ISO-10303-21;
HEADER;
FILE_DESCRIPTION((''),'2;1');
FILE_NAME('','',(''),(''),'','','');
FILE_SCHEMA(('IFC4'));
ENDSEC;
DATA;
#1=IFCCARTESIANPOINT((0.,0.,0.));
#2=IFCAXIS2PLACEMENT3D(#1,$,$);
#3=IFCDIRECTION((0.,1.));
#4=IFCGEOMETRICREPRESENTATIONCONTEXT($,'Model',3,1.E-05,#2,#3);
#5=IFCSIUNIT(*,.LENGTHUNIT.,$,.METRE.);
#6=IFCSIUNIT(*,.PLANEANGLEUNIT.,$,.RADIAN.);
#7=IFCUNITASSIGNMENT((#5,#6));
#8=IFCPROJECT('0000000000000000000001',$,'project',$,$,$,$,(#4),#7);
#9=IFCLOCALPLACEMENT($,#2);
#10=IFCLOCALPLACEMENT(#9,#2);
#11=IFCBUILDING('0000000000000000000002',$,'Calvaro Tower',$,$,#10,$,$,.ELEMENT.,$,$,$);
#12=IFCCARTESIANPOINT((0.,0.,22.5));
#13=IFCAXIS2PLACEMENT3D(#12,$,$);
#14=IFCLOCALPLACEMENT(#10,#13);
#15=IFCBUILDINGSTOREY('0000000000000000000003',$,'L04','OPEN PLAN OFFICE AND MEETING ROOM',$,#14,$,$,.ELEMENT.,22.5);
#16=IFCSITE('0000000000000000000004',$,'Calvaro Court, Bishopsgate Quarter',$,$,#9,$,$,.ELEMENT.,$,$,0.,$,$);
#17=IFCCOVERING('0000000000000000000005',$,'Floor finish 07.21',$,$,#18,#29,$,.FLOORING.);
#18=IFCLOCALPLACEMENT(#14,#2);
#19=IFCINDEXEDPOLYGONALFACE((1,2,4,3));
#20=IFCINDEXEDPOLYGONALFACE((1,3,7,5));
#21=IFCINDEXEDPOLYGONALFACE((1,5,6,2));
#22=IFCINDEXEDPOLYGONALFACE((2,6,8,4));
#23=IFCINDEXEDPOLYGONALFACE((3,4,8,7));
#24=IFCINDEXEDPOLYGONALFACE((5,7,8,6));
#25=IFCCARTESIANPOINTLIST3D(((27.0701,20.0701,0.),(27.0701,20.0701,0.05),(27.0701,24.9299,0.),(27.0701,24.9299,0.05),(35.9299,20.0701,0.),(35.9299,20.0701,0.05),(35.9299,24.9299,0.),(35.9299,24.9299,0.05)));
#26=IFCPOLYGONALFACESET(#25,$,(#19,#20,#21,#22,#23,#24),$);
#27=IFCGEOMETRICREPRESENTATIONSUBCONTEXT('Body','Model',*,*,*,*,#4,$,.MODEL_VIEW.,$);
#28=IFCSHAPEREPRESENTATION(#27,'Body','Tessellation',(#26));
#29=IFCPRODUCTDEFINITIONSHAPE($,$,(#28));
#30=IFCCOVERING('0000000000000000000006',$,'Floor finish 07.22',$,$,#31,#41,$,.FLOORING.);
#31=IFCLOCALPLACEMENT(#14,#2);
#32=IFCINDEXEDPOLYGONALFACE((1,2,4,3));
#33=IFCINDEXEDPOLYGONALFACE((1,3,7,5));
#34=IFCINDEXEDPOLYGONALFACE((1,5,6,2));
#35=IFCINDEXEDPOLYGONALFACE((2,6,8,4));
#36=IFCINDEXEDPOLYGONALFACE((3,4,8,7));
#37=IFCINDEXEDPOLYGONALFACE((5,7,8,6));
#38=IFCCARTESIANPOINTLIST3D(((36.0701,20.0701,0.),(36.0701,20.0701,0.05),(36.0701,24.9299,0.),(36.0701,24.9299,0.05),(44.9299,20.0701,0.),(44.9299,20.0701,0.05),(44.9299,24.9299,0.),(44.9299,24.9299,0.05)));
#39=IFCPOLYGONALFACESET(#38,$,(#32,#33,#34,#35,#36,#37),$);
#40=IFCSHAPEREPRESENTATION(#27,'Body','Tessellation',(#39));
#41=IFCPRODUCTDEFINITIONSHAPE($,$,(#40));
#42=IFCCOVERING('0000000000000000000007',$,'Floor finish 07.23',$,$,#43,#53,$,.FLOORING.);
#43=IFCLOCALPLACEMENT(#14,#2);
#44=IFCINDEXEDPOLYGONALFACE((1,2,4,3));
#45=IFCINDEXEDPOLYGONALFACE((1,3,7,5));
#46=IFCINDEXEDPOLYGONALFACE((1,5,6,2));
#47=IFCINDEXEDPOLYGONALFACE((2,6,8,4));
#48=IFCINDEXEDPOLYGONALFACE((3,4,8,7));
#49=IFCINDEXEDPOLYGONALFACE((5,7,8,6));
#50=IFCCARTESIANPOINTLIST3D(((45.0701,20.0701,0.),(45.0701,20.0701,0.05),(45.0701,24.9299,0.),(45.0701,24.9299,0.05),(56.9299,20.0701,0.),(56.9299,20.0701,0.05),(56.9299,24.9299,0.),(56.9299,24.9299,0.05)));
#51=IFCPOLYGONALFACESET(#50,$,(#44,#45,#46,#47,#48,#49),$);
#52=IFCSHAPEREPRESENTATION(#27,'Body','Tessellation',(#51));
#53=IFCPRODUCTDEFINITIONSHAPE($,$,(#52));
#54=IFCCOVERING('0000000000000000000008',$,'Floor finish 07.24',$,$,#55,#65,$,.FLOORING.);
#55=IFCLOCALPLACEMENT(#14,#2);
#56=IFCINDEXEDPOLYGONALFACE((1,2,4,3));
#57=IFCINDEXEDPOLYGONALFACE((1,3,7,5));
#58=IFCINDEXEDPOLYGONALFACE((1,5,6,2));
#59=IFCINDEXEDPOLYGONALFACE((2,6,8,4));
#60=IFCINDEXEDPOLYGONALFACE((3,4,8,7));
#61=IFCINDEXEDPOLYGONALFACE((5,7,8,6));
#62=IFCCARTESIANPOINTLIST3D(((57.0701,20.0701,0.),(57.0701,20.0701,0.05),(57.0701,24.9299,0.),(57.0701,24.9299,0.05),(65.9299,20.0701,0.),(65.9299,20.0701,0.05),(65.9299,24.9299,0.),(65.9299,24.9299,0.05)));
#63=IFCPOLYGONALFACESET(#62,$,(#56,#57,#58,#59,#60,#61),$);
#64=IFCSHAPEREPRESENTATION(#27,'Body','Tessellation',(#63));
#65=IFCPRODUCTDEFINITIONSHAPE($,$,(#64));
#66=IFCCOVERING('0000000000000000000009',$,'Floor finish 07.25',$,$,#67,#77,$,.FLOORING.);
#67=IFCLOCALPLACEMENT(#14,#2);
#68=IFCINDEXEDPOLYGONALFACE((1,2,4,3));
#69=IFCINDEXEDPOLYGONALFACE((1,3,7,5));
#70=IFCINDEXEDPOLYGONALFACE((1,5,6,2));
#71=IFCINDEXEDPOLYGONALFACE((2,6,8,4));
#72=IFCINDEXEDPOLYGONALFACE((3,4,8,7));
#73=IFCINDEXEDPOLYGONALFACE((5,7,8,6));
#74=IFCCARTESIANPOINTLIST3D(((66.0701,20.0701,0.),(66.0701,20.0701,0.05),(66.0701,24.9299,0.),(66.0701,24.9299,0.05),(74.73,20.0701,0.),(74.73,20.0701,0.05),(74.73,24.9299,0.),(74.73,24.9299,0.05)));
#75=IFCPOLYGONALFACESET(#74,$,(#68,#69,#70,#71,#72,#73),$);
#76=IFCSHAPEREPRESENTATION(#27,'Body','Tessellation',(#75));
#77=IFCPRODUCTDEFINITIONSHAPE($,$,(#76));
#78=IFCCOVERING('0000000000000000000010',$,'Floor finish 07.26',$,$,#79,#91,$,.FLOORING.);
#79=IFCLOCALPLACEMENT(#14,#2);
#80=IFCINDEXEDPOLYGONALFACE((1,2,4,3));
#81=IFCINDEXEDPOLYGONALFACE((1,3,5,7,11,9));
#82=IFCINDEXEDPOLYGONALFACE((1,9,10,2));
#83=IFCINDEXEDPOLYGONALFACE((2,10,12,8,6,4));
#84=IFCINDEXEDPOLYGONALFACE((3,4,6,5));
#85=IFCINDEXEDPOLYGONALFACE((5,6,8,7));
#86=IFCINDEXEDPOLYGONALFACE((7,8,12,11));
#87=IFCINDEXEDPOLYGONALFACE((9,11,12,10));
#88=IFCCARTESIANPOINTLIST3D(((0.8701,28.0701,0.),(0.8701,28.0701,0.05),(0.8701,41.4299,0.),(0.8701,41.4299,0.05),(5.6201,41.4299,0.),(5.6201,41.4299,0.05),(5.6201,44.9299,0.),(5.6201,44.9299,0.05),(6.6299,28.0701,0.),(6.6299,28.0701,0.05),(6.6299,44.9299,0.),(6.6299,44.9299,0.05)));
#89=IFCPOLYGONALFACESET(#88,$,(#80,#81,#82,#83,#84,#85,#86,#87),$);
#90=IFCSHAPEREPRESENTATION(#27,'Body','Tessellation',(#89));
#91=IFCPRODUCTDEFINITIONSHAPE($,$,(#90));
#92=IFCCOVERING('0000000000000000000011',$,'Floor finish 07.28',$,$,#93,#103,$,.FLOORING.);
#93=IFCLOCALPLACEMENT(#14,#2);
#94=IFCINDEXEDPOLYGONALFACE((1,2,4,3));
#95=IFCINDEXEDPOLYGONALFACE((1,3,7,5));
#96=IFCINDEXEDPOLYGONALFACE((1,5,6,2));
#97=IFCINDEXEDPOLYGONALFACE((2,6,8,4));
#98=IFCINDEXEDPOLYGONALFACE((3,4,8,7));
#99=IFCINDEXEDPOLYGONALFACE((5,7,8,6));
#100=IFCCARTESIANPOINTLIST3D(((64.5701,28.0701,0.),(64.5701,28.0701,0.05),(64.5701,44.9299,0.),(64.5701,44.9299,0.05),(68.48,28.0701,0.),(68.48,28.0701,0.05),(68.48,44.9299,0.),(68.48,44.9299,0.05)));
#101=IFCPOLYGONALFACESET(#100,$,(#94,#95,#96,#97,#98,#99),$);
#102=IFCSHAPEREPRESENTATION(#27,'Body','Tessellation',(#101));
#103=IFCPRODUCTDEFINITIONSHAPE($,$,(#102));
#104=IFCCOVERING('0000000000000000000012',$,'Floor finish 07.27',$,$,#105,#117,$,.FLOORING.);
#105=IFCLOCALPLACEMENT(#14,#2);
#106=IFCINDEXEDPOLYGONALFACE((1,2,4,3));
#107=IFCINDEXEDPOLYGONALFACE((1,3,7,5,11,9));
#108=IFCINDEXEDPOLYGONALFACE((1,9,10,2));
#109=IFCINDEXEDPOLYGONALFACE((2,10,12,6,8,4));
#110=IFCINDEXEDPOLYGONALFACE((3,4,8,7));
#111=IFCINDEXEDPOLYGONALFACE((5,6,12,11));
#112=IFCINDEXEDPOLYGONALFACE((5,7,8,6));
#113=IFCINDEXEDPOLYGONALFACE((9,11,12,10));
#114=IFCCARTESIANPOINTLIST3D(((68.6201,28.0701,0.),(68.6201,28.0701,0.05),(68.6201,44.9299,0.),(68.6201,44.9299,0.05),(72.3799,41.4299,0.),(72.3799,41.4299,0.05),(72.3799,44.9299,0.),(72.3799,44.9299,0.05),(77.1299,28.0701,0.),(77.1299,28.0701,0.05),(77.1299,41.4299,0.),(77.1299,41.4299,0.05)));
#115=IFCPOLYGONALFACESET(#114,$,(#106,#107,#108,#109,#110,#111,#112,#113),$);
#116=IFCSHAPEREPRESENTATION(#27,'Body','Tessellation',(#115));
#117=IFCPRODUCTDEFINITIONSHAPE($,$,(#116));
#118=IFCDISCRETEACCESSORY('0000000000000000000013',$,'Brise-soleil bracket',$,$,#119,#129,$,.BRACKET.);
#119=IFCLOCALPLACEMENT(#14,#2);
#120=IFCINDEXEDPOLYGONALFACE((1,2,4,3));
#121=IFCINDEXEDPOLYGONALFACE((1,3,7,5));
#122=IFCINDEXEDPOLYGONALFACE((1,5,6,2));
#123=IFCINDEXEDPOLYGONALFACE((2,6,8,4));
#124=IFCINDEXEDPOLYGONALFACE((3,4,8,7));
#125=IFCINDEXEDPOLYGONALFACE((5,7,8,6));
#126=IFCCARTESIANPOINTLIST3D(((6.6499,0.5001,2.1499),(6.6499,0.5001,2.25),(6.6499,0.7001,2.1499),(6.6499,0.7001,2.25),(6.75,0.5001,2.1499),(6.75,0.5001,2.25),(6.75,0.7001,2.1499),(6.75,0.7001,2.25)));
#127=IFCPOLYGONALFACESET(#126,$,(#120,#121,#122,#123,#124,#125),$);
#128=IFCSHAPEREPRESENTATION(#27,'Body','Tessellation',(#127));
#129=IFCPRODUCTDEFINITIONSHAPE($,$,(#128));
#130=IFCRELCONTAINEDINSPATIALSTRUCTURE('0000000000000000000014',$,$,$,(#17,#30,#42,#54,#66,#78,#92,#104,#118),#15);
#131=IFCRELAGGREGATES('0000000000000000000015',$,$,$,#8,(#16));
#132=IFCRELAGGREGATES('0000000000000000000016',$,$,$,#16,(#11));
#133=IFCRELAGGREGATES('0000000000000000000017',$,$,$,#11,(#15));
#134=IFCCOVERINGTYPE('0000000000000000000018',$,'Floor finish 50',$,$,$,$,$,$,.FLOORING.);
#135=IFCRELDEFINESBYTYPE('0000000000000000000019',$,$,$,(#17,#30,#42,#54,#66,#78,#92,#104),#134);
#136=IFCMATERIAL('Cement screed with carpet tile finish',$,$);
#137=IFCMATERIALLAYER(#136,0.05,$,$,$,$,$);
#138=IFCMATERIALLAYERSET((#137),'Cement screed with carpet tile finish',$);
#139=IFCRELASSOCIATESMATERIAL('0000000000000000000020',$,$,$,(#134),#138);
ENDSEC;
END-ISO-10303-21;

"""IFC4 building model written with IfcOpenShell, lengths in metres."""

from ifc_helpers import new_model, si_unit, direction, frame, origin, origin_2d, place, context, subcontext, project, spatial, polyline, rectangle, outline, extrude, material, layer, layer_set, type_object, element, save


model = new_model("IFC4")

# Units and contexts
model_context = context("Model", 3, precision=1e-05, world=origin(), true_north=direction((0.0, 1.0)))
body_context = subcontext(model_context, "Body", "Model", "MODEL_VIEW")
ifc_project = project(units=[si_unit("LENGTHUNIT", "METRE"), si_unit("PLANEANGLEUNIT", "RADIAN")], contexts=[model_context])

# Site, building, storey
site_placement = place(None, origin())
site = spatial("IfcSite", under=ifc_project, at=site_placement, Name="Calvaro Court, Bishopsgate Quarter", CompositionType="ELEMENT", RefElevation=0.0)
building_placement = place(site_placement, origin())
building = spatial("IfcBuilding", under=site, at=building_placement, Name="Calvaro Tower", CompositionType="ELEMENT")
storey_placement = place(building_placement, frame((0.0, 0.0, 22.5)))
storey = spatial("IfcBuildingStorey", under=building, at=storey_placement, Name="L04", Description="OPEN PLAN OFFICE AND MEETING ROOM", CompositionType="ELEMENT", Elevation=22.5)

# Coverings
ifc_material_1 = material(Name="Cement screed with carpet tile finish")
ifc_layer_1 = layer(ifc_material_1, 0.05)
ifc_layer_set_1 = layer_set([ifc_layer_1], Name="Cement screed with carpet tile finish")
covering_type = type_object("IfcCoveringType", Name="Floor finish 50", PredefinedType="FLOORING", material=ifc_layer_set_1)
covering_1_placement = place(storey_placement, origin())
element("IfcCovering", 1, at=covering_1_placement, inside=storey, type_object=covering_type, Name="Floor finish 07.21", PredefinedType="FLOORING", context=body_context, shape_type="SweptSolid", body=[
    extrude(outline(polyline([(27.0701, 20.0701), (27.0701, 24.9299), (35.9299, 24.9299), (35.9299, 20.0701), (27.0701, 20.0701)])), origin(), (0.0, 0.0, 1.0), 0.05),
])
covering_2_placement = place(storey_placement, origin())
element("IfcCovering", 2, at=covering_2_placement, inside=storey, type_object=covering_type, Name="Floor finish 07.22", PredefinedType="FLOORING", context=body_context, shape_type="SweptSolid", body=[
    extrude(outline(polyline([(36.0701, 20.0701), (36.0701, 24.9299), (44.9299, 24.9299), (44.9299, 20.0701), (36.0701, 20.0701)])), origin(), (0.0, 0.0, 1.0), 0.05),
])
covering_3_placement = place(storey_placement, origin())
element("IfcCovering", 3, at=covering_3_placement, inside=storey, type_object=covering_type, Name="Floor finish 07.23", PredefinedType="FLOORING", context=body_context, shape_type="SweptSolid", body=[
    extrude(outline(polyline([(45.0701, 20.0701), (45.0701, 24.9299), (56.9299, 24.9299), (56.9299, 20.0701), (45.0701, 20.0701)])), origin(), (0.0, 0.0, 1.0), 0.05),
])
covering_4_placement = place(storey_placement, origin())
element("IfcCovering", 4, at=covering_4_placement, inside=storey, type_object=covering_type, Name="Floor finish 07.24", PredefinedType="FLOORING", context=body_context, shape_type="SweptSolid", body=[
    extrude(outline(polyline([(57.0701, 20.0701), (57.0701, 24.9299), (65.9299, 24.9299), (65.9299, 20.0701), (57.0701, 20.0701)])), origin(), (0.0, 0.0, 1.0), 0.05),
])
covering_5_placement = place(storey_placement, origin())
element("IfcCovering", 5, at=covering_5_placement, inside=storey, type_object=covering_type, Name="Floor finish 07.25", PredefinedType="FLOORING", context=body_context, shape_type="SweptSolid", body=[
    extrude(outline(polyline([(66.0701, 20.0701), (66.0701, 24.9299), (74.73, 24.9299), (74.73, 20.0701), (66.0701, 20.0701)])), origin(), (0.0, 0.0, 1.0), 0.05),
])
covering_6_placement = place(storey_placement, origin())
element("IfcCovering", 6, at=covering_6_placement, inside=storey, type_object=covering_type, Name="Floor finish 07.26", PredefinedType="FLOORING", context=body_context, shape_type="SweptSolid", body=[
    extrude(outline(polyline([(6.6299, 28.0701), (0.8701, 28.0701), (0.8701, 41.4299), (5.6201, 41.4299), (5.6201, 44.9299), (6.6299, 44.9299), (6.6299, 28.0701)])), origin(), (0.0, 0.0, 1.0), 0.05),
])
covering_7_placement = place(storey_placement, origin())
element("IfcCovering", 7, at=covering_7_placement, inside=storey, type_object=covering_type, Name="Floor finish 07.28", PredefinedType="FLOORING", context=body_context, shape_type="SweptSolid", body=[
    extrude(outline(polyline([(68.48, 28.0701), (64.5701, 28.0701), (64.5701, 44.9299), (68.48, 44.9299), (68.48, 28.0701)])), origin(), (0.0, 0.0, 1.0), 0.05),
])
covering_8_placement = place(storey_placement, origin())
element("IfcCovering", 8, at=covering_8_placement, inside=storey, type_object=covering_type, Name="Floor finish 07.27", PredefinedType="FLOORING", context=body_context, shape_type="SweptSolid", body=[
    extrude(outline(polyline([(77.1299, 28.0701), (68.6201, 28.0701), (68.6201, 44.9299), (72.3799, 44.9299), (72.3799, 41.4299), (77.1299, 41.4299), (77.1299, 28.0701)])), origin(), (0.0, 0.0, 1.0), 0.05),
])

# Discrete accessory
discrete_accessory_placement = place(storey_placement, frame((6.7, 0.6001, 2.1499), z_axis=(0.0, 0.0, 1.0), x_axis=(1.0, 0.0, 0.0)))
element("IfcDiscreteAccessory", 9, at=discrete_accessory_placement, inside=storey, Name="Brise-soleil bracket", PredefinedType="BRACKET", context=body_context, shape_type="SweptSolid", body=[
    extrude(rectangle(XDim=0.1001, YDim=0.2, at=origin_2d()), origin(), (0.0, 0.0, 1.0), 0.1001),
])

save(model, "model.ifc")
